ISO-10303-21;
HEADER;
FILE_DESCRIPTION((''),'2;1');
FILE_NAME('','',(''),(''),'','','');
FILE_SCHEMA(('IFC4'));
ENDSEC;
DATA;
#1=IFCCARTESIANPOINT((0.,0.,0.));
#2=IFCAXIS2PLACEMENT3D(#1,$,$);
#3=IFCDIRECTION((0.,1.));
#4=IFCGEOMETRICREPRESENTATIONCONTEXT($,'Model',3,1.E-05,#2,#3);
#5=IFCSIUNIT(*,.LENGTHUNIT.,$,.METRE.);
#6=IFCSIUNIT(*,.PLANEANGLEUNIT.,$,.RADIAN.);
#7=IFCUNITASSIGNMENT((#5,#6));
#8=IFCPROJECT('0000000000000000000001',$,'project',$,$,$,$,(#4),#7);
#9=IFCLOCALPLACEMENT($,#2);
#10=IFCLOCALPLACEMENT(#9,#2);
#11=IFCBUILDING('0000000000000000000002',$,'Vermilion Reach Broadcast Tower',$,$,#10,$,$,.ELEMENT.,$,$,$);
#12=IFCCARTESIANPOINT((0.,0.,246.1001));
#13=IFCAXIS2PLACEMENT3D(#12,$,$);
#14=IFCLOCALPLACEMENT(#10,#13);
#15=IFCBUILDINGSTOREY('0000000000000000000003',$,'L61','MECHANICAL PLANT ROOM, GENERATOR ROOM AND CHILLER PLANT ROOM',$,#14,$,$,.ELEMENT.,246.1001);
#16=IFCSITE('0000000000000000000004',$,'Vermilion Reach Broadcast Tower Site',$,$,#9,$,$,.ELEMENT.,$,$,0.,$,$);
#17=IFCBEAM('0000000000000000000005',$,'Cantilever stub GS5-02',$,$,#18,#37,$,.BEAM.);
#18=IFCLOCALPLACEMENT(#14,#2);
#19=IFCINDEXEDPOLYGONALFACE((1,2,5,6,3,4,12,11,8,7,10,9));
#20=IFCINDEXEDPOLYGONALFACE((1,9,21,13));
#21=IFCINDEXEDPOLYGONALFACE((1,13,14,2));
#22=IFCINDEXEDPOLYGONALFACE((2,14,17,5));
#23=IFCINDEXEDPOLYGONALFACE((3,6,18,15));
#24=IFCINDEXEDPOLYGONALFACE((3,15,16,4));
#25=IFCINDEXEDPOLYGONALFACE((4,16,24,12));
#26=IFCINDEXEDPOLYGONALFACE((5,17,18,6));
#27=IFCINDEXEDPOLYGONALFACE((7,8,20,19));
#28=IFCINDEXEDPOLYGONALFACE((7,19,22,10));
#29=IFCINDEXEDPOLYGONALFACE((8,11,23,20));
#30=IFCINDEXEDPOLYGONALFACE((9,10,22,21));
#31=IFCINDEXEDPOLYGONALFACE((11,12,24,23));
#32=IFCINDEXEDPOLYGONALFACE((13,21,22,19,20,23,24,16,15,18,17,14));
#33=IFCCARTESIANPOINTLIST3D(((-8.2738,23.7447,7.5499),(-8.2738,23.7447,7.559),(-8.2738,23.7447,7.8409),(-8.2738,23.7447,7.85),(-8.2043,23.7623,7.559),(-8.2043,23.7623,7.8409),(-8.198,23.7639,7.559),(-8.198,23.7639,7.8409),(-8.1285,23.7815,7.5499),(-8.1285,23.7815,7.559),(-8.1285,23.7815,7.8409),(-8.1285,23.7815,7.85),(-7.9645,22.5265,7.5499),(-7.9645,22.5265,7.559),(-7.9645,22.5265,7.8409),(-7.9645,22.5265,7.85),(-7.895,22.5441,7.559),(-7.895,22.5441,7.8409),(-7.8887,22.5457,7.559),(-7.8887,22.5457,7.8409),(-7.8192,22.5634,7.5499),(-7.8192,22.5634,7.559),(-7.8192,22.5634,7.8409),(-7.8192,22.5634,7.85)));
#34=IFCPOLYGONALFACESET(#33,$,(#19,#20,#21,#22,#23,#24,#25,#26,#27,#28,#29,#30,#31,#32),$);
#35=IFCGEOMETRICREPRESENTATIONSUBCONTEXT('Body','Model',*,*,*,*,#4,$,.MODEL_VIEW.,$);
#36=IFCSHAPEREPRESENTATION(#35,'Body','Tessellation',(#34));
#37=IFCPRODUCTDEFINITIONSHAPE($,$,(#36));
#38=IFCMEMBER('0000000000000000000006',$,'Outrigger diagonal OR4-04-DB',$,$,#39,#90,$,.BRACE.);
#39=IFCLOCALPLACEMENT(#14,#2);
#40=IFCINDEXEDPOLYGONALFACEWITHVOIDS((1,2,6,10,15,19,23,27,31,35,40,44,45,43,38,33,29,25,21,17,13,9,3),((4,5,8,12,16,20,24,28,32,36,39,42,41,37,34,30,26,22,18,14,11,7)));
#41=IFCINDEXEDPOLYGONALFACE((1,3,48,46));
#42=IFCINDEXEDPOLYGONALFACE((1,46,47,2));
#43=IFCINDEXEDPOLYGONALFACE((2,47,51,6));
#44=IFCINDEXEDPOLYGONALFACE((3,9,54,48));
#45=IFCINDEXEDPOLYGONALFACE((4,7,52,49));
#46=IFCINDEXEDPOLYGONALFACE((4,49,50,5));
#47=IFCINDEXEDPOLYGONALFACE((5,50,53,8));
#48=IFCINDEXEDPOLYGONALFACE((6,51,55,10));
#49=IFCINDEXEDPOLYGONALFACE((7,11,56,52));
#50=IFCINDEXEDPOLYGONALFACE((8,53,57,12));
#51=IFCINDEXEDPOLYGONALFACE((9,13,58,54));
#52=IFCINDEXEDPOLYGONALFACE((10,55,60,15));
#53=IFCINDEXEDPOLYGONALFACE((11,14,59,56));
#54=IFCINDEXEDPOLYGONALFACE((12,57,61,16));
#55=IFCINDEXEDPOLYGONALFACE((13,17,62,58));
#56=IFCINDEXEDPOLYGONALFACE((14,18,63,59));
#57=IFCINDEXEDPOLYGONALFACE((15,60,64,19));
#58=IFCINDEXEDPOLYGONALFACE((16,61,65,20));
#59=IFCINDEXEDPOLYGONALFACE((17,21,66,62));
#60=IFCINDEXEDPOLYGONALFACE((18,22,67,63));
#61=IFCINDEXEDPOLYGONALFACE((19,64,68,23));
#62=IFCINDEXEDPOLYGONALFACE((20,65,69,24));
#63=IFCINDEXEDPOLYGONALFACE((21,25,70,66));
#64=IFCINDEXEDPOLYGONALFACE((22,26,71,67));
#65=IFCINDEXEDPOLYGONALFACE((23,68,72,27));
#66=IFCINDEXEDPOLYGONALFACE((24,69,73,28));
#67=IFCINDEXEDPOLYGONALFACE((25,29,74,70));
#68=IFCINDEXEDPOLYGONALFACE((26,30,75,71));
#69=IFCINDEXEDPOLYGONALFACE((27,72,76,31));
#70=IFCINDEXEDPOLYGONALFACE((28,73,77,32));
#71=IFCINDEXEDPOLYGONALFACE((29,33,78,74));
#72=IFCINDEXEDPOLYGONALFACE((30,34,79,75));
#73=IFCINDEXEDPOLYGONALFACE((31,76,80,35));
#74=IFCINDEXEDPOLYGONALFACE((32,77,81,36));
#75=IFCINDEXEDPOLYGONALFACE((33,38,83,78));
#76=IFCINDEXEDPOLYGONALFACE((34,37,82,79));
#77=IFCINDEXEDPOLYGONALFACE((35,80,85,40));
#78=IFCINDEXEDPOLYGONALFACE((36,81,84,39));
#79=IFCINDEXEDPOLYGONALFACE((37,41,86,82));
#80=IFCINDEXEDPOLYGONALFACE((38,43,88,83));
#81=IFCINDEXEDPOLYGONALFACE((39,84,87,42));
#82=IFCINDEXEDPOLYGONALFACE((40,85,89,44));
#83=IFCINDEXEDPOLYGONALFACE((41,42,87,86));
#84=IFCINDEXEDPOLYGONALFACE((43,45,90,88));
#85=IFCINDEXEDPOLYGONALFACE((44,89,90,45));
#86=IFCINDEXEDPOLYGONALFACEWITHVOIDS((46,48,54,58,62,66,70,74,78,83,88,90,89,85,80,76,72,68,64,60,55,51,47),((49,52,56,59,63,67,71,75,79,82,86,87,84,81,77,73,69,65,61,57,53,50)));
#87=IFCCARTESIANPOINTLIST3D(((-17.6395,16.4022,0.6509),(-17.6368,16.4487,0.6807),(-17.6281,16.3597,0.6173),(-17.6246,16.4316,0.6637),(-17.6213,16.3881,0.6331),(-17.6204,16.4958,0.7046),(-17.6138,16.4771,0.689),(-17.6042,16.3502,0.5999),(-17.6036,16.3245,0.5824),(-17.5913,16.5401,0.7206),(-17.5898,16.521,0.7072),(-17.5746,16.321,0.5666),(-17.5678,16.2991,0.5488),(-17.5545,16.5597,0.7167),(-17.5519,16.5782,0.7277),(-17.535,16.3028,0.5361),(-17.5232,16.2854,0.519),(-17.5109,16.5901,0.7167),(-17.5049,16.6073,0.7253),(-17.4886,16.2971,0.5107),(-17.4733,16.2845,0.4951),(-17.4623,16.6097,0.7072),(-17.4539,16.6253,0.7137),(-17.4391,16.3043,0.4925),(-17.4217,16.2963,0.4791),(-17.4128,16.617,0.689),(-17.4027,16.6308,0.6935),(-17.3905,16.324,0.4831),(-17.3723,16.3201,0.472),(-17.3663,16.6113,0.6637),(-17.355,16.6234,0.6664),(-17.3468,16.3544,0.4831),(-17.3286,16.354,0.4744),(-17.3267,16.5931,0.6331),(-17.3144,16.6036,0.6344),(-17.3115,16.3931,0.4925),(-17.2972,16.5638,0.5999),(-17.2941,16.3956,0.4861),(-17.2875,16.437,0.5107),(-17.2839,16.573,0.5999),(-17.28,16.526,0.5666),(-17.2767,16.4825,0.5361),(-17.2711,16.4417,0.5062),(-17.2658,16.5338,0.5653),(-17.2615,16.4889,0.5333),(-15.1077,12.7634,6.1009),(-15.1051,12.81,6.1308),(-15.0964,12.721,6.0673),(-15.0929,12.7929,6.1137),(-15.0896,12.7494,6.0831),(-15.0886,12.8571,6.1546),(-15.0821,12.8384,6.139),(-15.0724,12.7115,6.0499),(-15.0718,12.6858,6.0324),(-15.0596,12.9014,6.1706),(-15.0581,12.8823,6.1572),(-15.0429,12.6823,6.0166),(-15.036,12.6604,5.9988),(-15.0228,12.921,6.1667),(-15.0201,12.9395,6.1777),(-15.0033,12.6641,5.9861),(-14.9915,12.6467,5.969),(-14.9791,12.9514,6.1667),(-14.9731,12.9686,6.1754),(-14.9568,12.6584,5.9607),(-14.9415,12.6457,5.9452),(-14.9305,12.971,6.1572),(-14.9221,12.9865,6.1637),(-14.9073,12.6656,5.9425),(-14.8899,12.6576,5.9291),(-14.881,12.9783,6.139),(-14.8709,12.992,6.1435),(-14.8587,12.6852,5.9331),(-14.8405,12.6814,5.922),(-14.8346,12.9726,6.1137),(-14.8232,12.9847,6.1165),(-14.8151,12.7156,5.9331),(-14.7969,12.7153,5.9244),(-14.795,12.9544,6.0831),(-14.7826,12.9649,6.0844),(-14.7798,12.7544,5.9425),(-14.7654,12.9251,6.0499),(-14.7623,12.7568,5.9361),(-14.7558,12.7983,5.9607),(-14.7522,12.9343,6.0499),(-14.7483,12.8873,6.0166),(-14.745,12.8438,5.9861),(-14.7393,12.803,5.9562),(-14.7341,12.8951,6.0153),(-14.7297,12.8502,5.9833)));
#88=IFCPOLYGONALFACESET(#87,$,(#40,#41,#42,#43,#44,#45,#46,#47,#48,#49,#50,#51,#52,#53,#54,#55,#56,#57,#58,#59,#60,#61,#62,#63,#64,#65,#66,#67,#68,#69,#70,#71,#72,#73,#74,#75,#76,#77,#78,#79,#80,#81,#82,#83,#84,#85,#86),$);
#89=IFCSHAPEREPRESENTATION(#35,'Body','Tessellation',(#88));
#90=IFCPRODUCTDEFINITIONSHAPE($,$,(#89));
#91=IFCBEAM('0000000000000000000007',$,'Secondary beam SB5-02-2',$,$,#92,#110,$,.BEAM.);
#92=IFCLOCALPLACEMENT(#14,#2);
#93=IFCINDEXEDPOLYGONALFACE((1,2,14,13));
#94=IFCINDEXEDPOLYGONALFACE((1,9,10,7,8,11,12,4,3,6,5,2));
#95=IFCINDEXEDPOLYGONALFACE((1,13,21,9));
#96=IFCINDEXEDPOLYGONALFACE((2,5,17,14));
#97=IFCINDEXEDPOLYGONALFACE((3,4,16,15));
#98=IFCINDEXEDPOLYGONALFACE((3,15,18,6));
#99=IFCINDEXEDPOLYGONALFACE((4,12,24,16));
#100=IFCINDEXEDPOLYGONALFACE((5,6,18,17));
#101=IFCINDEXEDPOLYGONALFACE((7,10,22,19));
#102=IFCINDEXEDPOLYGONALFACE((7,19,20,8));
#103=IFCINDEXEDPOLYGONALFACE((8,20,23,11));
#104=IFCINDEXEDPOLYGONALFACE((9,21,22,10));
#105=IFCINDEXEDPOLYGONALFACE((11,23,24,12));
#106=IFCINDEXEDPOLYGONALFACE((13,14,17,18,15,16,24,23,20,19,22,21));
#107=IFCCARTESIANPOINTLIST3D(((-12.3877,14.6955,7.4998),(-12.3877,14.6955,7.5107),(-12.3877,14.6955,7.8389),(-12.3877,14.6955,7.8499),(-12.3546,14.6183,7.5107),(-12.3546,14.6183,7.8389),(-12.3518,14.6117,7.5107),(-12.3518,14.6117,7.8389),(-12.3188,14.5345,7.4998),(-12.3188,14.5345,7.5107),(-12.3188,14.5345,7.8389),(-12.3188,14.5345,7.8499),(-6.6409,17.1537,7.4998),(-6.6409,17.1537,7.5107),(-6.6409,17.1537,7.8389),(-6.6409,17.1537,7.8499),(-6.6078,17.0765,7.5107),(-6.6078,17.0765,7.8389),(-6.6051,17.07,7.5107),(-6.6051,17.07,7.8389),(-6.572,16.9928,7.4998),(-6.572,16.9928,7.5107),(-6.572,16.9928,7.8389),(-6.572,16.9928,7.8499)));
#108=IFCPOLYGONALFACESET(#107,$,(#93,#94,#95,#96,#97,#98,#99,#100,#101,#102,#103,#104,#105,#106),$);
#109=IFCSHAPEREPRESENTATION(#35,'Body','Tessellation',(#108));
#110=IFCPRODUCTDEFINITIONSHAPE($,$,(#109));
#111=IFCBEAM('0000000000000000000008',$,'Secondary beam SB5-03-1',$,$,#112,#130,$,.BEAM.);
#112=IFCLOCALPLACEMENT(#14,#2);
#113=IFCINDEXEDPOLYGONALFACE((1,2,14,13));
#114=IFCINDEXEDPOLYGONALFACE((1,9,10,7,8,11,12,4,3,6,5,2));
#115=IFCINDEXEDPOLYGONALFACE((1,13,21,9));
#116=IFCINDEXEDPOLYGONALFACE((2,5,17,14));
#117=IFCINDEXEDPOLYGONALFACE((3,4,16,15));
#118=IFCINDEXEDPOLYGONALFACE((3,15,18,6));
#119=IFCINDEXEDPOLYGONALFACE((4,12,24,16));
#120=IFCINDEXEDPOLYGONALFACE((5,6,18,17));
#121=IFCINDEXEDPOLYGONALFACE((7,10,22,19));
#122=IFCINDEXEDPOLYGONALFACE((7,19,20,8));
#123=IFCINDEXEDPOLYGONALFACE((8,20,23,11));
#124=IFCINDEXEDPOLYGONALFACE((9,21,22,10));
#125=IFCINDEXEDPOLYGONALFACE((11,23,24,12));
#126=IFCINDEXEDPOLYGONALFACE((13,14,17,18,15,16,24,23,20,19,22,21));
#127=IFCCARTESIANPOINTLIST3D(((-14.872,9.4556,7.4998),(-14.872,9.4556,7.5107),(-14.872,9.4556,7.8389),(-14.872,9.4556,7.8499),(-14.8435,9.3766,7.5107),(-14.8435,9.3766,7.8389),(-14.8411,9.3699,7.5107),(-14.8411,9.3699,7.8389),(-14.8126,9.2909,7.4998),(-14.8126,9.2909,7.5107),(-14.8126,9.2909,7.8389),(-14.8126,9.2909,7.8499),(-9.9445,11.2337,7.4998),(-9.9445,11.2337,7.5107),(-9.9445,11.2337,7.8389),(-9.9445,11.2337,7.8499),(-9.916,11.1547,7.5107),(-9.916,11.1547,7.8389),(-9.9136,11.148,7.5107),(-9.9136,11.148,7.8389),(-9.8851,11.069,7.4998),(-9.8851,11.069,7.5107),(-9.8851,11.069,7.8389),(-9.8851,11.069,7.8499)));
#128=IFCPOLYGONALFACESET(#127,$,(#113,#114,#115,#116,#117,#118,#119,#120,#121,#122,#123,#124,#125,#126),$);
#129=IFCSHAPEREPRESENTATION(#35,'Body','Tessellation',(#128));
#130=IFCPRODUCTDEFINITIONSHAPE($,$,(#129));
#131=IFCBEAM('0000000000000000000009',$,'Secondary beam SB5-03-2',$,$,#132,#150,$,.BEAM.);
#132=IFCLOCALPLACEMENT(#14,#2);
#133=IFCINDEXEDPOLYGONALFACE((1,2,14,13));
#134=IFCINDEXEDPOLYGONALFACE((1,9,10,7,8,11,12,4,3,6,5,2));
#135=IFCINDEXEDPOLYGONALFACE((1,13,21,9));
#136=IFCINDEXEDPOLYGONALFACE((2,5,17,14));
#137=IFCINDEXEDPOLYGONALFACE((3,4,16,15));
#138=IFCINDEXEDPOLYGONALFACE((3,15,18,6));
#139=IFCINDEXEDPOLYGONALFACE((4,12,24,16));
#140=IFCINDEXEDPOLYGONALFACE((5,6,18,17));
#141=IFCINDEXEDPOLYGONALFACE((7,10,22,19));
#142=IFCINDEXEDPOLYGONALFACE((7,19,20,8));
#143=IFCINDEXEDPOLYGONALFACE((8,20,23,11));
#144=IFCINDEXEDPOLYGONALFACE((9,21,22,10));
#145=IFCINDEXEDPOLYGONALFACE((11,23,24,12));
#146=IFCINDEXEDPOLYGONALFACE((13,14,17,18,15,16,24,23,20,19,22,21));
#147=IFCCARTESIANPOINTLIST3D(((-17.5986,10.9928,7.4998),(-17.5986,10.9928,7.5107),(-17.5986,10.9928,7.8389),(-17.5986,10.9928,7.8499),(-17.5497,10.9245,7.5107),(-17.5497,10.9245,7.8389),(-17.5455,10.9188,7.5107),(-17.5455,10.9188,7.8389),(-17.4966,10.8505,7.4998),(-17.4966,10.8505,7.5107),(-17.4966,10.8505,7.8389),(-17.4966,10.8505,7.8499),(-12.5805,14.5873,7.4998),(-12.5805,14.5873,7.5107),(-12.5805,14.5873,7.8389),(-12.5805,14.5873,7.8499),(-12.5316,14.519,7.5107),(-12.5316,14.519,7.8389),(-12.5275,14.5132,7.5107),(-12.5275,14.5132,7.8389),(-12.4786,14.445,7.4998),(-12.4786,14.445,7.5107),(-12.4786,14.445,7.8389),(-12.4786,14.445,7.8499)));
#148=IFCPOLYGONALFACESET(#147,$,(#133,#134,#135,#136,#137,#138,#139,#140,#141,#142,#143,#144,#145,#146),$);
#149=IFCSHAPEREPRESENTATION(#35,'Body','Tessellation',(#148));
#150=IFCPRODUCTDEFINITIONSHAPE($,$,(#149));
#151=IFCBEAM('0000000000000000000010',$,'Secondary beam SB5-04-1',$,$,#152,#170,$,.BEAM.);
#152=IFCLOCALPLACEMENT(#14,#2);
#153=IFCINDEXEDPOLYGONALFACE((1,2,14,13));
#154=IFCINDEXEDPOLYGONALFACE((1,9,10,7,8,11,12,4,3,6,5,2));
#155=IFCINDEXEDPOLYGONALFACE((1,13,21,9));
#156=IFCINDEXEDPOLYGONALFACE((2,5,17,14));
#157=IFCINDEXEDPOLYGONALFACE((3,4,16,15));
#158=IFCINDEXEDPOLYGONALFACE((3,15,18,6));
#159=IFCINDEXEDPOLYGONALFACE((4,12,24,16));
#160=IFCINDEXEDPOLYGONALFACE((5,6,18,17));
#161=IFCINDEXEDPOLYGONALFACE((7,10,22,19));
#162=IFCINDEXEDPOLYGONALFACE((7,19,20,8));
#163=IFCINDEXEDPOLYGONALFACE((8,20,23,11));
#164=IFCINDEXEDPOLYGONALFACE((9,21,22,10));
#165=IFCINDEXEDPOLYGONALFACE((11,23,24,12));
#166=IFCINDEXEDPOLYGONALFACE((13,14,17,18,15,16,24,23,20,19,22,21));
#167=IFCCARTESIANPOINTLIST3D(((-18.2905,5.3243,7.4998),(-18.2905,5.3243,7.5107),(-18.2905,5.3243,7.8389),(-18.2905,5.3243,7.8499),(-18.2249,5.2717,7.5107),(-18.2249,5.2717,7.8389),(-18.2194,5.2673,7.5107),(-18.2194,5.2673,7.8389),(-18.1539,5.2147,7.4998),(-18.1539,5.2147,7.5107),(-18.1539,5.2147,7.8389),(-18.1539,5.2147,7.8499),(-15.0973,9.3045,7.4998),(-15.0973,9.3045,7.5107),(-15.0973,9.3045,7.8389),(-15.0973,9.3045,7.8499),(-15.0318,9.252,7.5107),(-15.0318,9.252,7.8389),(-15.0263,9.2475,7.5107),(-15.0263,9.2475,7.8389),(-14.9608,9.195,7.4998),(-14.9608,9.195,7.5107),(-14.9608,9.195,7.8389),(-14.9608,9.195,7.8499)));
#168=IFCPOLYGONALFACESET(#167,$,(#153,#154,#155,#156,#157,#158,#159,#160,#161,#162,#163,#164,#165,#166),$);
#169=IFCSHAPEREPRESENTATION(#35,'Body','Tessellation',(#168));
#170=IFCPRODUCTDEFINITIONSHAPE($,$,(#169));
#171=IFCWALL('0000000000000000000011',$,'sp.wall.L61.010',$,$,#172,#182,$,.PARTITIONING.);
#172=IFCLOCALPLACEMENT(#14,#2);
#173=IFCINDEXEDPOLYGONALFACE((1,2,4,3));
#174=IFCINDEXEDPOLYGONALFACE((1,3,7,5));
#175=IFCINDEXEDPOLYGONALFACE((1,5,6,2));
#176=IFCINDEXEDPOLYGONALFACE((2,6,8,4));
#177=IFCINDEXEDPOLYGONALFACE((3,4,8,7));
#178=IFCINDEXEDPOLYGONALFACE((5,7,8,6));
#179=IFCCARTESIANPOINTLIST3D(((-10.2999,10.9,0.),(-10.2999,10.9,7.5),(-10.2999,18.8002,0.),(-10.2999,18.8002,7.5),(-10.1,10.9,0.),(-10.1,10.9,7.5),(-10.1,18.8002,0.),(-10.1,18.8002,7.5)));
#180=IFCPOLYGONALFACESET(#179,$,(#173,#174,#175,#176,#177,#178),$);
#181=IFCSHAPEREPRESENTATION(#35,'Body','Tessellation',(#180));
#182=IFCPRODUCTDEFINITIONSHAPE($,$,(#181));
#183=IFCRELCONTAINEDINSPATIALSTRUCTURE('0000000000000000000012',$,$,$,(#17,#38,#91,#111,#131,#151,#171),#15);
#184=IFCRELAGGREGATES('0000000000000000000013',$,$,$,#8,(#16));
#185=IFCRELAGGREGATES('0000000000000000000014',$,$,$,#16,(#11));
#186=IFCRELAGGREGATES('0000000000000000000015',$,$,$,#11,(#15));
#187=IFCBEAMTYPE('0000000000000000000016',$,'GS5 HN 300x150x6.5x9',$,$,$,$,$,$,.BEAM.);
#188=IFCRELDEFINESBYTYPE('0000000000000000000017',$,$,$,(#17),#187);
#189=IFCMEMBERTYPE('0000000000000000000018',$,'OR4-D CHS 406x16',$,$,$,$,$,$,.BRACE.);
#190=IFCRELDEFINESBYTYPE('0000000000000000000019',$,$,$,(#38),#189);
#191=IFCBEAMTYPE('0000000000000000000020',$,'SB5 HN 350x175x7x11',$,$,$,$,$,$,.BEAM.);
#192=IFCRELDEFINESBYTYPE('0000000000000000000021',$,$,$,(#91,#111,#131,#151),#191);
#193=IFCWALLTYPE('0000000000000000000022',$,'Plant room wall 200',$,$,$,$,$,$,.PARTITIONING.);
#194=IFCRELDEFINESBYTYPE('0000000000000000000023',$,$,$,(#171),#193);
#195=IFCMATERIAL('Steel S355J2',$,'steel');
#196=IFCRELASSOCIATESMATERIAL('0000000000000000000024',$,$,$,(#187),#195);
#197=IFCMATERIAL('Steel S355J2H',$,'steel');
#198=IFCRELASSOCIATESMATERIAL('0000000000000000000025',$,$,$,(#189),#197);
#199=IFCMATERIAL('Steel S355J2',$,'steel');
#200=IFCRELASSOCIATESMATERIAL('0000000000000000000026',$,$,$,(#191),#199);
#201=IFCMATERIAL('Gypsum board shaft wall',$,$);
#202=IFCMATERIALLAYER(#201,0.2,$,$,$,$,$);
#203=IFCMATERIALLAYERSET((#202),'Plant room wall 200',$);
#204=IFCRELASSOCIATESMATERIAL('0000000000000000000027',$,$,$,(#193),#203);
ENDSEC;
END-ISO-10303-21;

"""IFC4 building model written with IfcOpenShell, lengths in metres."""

from ifc_helpers import new_model, si_unit, direction, frame, frame_2d, origin, origin_2d, place, context, subcontext, project, spatial, rectangle, hollow_circle, i_section, extrude, material, layer, layer_set, material_profile, profile_set, type_object, element, save


model = new_model("IFC4")

# Units and contexts
model_context = context("Model", 3, precision=1e-05, world=origin(), true_north=direction((0.0, 1.0)))
body_context = subcontext(model_context, "Body", "Model", "MODEL_VIEW")
ifc_project = project(units=[si_unit("LENGTHUNIT", "METRE"), si_unit("PLANEANGLEUNIT", "RADIAN")], contexts=[model_context])

# Site, building, storey
site_placement = place(None, origin())
site = spatial("IfcSite", under=ifc_project, at=site_placement, Name="Vermilion Reach Broadcast Tower Site", CompositionType="ELEMENT", RefElevation=0.0)
building_placement = place(site_placement, origin())
building = spatial("IfcBuilding", under=site, at=building_placement, Name="Vermilion Reach Broadcast Tower", CompositionType="ELEMENT")
storey_placement = place(building_placement, frame((0.0, 0.0, 246.1001)))
storey = spatial("IfcBuildingStorey", under=building, at=storey_placement, Name="L61", Description="MECHANICAL PLANT ROOM, GENERATOR ROOM AND CHILLER PLANT ROOM", CompositionType="ELEMENT", Elevation=246.1001)

# Beam
ifc_material_1 = material(Name="Steel S355J2", Category="steel")
ifc_material_profile_1 = material_profile(ifc_material_1, i_section(OverallWidth=0.1499, OverallDepth=0.3, WebThickness=0.0066, FlangeThickness=0.009, at=origin_2d()), Name="S355J2 HN 300x150x6.5x9")
ifc_profile_set_1 = profile_set([ifc_material_profile_1], Name="Steel S355J2")
beam_type_1 = type_object("IfcBeamType", Name="GS5 HN 300x150x6.5x9", PredefinedType="BEAM", material=ifc_profile_set_1)
beam_1_placement = place(storey_placement, frame((-7.8918, 22.5449, 7.7), z_axis=(-0.246099, 0.969245, 0.0), x_axis=(-0.969245, -0.246099, 0.0)))
element("IfcBeam", 1, at=beam_1_placement, inside=storey, type_object=beam_type_1, Name="Cantilever stub GS5-02", PredefinedType="BEAM", context=body_context, shape_type="SweptSolid", body=[
    extrude(i_section(OverallWidth=0.1499, OverallDepth=0.3, WebThickness=0.0066, FlangeThickness=0.009, at=origin_2d()), origin(), (0.0, 0.0, 1.0), 1.2568),
])

# Member
ifc_material_2 = material(Name="Steel S355J2H", Category="steel")
ifc_material_profile_2 = material_profile(ifc_material_2, hollow_circle(Radius=0.2031, WallThickness=0.0161, at=origin_2d()), Name="S355J2H CHS 406x16")
ifc_profile_set_2 = profile_set([ifc_material_profile_2], Name="Steel S355J2H")
member_type_1 = type_object("IfcMemberType", Name="OR4-D CHS 406x16", PredefinedType="BRACE", material=ifc_profile_set_2)
member_1_placement = place(storey_placement, frame((-17.4507, 16.457, 0.5999), z_axis=(0.360386, -0.517955, 0.775786), x_axis=(0.820854, 0.571139, 0.0)))
element("IfcMember", 2, at=member_1_placement, inside=storey, type_object=member_type_1, Name="Outrigger diagonal OR4-04-DB", PredefinedType="BRACE", context=body_context, shape_type="SweptSolid", body=[
    extrude(hollow_circle(Radius=0.2031, WallThickness=0.0161, at=origin_2d()), origin(), (0.0, 0.0, 1.0), 7.0251),
])

# Beams
ifc_material_3 = material(Name="Steel S355J2", Category="steel")
ifc_material_profile_3 = material_profile(ifc_material_3, i_section(OverallWidth=0.175, OverallDepth=0.3501, WebThickness=0.0071, FlangeThickness=0.011, at=origin_2d()), Name="S355J2 HN 350x175x7x11")
ifc_profile_set_3 = profile_set([ifc_material_profile_3], Name="Steel S355J2")
beam_type_2 = type_object("IfcBeamType", Name="SB5 HN 350x175x7x11", PredefinedType="BEAM", material=ifc_profile_set_3)
beam_2_placement = place(storey_placement, frame((-6.6064, 17.0732, 7.6748), z_axis=(-0.919416, -0.393288, 0.0), x_axis=(0.393288, -0.919416, 0.0)))
element("IfcBeam", 3, at=beam_2_placement, inside=storey, type_object=beam_type_2, Name="Secondary beam SB5-02-2", PredefinedType="BEAM", context=body_context, shape_type="SweptSolid", body=[
    extrude(i_section(OverallWidth=0.175, OverallDepth=0.3501, WebThickness=0.0071, FlangeThickness=0.011, at=origin_2d()), origin(), (0.0, 0.0, 1.0), 6.2505),
])
beam_3_placement = place(storey_placement, frame((-9.9148, 11.1514, 7.6748), z_axis=(-0.940633, -0.339426, 0.0), x_axis=(0.339426, -0.940633, 0.0)))
element("IfcBeam", 4, at=beam_3_placement, inside=storey, type_object=beam_type_2, Name="Secondary beam SB5-03-1", PredefinedType="BEAM", context=body_context, shape_type="SweptSolid", body=[
    extrude(i_section(OverallWidth=0.175, OverallDepth=0.3501, WebThickness=0.0071, FlangeThickness=0.011, at=origin_2d()), origin(), (0.0, 0.0, 1.0), 5.2385),
])
beam_4_placement = place(storey_placement, frame((-12.5295, 14.5161, 7.6748), z_axis=(-0.812955, -0.582326, 0.0), x_axis=(0.582326, -0.812955, 0.0)))
element("IfcBeam", 5, at=beam_4_placement, inside=storey, type_object=beam_type_2, Name="Secondary beam SB5-03-2", PredefinedType="BEAM", context=body_context, shape_type="SweptSolid", body=[
    extrude(i_section(OverallWidth=0.175, OverallDepth=0.3501, WebThickness=0.0071, FlangeThickness=0.011, at=origin_2d()), origin(), (0.0, 0.0, 1.0), 6.1726),
])
beam_5_placement = place(storey_placement, frame((-15.0291, 9.2498, 7.6748), z_axis=(-0.625762, -0.780014, 0.0), x_axis=(0.780014, -0.625762, 0.0)))
element("IfcBeam", 6, at=beam_5_placement, inside=storey, type_object=beam_type_2, Name="Secondary beam SB5-04-1", PredefinedType="BEAM", context=body_context, shape_type="SweptSolid", body=[
    extrude(i_section(OverallWidth=0.175, OverallDepth=0.3501, WebThickness=0.0071, FlangeThickness=0.011, at=origin_2d()), origin(), (0.0, 0.0, 1.0), 5.1028),
])

# Wall
ifc_material_4 = material(Name="Gypsum board shaft wall")
ifc_layer = layer(ifc_material_4, 0.2)
ifc_layer_set = layer_set([ifc_layer], Name="Plant room wall 200")
wall_type = type_object("IfcWallType", Name="Plant room wall 200", PredefinedType="PARTITIONING", material=ifc_layer_set)
wall_1_placement = place(storey_placement, frame((-10.2, 10.8999, 0.0), z_axis=(0.0, 0.0, 1.0), x_axis=(0.0, 1.0, 0.0)))
element("IfcWall", 7, at=wall_1_placement, inside=storey, type_object=wall_type, Name="sp.wall.L61.010", PredefinedType="PARTITIONING", context=body_context, shape_type="SweptSolid", body=[
    extrude(rectangle(XDim=7.9001, YDim=0.2, at=frame_2d((3.9502, 0.0))), origin(), (0.0, 0.0, 1.0), 7.5),
])

save(model, "model.ifc")
